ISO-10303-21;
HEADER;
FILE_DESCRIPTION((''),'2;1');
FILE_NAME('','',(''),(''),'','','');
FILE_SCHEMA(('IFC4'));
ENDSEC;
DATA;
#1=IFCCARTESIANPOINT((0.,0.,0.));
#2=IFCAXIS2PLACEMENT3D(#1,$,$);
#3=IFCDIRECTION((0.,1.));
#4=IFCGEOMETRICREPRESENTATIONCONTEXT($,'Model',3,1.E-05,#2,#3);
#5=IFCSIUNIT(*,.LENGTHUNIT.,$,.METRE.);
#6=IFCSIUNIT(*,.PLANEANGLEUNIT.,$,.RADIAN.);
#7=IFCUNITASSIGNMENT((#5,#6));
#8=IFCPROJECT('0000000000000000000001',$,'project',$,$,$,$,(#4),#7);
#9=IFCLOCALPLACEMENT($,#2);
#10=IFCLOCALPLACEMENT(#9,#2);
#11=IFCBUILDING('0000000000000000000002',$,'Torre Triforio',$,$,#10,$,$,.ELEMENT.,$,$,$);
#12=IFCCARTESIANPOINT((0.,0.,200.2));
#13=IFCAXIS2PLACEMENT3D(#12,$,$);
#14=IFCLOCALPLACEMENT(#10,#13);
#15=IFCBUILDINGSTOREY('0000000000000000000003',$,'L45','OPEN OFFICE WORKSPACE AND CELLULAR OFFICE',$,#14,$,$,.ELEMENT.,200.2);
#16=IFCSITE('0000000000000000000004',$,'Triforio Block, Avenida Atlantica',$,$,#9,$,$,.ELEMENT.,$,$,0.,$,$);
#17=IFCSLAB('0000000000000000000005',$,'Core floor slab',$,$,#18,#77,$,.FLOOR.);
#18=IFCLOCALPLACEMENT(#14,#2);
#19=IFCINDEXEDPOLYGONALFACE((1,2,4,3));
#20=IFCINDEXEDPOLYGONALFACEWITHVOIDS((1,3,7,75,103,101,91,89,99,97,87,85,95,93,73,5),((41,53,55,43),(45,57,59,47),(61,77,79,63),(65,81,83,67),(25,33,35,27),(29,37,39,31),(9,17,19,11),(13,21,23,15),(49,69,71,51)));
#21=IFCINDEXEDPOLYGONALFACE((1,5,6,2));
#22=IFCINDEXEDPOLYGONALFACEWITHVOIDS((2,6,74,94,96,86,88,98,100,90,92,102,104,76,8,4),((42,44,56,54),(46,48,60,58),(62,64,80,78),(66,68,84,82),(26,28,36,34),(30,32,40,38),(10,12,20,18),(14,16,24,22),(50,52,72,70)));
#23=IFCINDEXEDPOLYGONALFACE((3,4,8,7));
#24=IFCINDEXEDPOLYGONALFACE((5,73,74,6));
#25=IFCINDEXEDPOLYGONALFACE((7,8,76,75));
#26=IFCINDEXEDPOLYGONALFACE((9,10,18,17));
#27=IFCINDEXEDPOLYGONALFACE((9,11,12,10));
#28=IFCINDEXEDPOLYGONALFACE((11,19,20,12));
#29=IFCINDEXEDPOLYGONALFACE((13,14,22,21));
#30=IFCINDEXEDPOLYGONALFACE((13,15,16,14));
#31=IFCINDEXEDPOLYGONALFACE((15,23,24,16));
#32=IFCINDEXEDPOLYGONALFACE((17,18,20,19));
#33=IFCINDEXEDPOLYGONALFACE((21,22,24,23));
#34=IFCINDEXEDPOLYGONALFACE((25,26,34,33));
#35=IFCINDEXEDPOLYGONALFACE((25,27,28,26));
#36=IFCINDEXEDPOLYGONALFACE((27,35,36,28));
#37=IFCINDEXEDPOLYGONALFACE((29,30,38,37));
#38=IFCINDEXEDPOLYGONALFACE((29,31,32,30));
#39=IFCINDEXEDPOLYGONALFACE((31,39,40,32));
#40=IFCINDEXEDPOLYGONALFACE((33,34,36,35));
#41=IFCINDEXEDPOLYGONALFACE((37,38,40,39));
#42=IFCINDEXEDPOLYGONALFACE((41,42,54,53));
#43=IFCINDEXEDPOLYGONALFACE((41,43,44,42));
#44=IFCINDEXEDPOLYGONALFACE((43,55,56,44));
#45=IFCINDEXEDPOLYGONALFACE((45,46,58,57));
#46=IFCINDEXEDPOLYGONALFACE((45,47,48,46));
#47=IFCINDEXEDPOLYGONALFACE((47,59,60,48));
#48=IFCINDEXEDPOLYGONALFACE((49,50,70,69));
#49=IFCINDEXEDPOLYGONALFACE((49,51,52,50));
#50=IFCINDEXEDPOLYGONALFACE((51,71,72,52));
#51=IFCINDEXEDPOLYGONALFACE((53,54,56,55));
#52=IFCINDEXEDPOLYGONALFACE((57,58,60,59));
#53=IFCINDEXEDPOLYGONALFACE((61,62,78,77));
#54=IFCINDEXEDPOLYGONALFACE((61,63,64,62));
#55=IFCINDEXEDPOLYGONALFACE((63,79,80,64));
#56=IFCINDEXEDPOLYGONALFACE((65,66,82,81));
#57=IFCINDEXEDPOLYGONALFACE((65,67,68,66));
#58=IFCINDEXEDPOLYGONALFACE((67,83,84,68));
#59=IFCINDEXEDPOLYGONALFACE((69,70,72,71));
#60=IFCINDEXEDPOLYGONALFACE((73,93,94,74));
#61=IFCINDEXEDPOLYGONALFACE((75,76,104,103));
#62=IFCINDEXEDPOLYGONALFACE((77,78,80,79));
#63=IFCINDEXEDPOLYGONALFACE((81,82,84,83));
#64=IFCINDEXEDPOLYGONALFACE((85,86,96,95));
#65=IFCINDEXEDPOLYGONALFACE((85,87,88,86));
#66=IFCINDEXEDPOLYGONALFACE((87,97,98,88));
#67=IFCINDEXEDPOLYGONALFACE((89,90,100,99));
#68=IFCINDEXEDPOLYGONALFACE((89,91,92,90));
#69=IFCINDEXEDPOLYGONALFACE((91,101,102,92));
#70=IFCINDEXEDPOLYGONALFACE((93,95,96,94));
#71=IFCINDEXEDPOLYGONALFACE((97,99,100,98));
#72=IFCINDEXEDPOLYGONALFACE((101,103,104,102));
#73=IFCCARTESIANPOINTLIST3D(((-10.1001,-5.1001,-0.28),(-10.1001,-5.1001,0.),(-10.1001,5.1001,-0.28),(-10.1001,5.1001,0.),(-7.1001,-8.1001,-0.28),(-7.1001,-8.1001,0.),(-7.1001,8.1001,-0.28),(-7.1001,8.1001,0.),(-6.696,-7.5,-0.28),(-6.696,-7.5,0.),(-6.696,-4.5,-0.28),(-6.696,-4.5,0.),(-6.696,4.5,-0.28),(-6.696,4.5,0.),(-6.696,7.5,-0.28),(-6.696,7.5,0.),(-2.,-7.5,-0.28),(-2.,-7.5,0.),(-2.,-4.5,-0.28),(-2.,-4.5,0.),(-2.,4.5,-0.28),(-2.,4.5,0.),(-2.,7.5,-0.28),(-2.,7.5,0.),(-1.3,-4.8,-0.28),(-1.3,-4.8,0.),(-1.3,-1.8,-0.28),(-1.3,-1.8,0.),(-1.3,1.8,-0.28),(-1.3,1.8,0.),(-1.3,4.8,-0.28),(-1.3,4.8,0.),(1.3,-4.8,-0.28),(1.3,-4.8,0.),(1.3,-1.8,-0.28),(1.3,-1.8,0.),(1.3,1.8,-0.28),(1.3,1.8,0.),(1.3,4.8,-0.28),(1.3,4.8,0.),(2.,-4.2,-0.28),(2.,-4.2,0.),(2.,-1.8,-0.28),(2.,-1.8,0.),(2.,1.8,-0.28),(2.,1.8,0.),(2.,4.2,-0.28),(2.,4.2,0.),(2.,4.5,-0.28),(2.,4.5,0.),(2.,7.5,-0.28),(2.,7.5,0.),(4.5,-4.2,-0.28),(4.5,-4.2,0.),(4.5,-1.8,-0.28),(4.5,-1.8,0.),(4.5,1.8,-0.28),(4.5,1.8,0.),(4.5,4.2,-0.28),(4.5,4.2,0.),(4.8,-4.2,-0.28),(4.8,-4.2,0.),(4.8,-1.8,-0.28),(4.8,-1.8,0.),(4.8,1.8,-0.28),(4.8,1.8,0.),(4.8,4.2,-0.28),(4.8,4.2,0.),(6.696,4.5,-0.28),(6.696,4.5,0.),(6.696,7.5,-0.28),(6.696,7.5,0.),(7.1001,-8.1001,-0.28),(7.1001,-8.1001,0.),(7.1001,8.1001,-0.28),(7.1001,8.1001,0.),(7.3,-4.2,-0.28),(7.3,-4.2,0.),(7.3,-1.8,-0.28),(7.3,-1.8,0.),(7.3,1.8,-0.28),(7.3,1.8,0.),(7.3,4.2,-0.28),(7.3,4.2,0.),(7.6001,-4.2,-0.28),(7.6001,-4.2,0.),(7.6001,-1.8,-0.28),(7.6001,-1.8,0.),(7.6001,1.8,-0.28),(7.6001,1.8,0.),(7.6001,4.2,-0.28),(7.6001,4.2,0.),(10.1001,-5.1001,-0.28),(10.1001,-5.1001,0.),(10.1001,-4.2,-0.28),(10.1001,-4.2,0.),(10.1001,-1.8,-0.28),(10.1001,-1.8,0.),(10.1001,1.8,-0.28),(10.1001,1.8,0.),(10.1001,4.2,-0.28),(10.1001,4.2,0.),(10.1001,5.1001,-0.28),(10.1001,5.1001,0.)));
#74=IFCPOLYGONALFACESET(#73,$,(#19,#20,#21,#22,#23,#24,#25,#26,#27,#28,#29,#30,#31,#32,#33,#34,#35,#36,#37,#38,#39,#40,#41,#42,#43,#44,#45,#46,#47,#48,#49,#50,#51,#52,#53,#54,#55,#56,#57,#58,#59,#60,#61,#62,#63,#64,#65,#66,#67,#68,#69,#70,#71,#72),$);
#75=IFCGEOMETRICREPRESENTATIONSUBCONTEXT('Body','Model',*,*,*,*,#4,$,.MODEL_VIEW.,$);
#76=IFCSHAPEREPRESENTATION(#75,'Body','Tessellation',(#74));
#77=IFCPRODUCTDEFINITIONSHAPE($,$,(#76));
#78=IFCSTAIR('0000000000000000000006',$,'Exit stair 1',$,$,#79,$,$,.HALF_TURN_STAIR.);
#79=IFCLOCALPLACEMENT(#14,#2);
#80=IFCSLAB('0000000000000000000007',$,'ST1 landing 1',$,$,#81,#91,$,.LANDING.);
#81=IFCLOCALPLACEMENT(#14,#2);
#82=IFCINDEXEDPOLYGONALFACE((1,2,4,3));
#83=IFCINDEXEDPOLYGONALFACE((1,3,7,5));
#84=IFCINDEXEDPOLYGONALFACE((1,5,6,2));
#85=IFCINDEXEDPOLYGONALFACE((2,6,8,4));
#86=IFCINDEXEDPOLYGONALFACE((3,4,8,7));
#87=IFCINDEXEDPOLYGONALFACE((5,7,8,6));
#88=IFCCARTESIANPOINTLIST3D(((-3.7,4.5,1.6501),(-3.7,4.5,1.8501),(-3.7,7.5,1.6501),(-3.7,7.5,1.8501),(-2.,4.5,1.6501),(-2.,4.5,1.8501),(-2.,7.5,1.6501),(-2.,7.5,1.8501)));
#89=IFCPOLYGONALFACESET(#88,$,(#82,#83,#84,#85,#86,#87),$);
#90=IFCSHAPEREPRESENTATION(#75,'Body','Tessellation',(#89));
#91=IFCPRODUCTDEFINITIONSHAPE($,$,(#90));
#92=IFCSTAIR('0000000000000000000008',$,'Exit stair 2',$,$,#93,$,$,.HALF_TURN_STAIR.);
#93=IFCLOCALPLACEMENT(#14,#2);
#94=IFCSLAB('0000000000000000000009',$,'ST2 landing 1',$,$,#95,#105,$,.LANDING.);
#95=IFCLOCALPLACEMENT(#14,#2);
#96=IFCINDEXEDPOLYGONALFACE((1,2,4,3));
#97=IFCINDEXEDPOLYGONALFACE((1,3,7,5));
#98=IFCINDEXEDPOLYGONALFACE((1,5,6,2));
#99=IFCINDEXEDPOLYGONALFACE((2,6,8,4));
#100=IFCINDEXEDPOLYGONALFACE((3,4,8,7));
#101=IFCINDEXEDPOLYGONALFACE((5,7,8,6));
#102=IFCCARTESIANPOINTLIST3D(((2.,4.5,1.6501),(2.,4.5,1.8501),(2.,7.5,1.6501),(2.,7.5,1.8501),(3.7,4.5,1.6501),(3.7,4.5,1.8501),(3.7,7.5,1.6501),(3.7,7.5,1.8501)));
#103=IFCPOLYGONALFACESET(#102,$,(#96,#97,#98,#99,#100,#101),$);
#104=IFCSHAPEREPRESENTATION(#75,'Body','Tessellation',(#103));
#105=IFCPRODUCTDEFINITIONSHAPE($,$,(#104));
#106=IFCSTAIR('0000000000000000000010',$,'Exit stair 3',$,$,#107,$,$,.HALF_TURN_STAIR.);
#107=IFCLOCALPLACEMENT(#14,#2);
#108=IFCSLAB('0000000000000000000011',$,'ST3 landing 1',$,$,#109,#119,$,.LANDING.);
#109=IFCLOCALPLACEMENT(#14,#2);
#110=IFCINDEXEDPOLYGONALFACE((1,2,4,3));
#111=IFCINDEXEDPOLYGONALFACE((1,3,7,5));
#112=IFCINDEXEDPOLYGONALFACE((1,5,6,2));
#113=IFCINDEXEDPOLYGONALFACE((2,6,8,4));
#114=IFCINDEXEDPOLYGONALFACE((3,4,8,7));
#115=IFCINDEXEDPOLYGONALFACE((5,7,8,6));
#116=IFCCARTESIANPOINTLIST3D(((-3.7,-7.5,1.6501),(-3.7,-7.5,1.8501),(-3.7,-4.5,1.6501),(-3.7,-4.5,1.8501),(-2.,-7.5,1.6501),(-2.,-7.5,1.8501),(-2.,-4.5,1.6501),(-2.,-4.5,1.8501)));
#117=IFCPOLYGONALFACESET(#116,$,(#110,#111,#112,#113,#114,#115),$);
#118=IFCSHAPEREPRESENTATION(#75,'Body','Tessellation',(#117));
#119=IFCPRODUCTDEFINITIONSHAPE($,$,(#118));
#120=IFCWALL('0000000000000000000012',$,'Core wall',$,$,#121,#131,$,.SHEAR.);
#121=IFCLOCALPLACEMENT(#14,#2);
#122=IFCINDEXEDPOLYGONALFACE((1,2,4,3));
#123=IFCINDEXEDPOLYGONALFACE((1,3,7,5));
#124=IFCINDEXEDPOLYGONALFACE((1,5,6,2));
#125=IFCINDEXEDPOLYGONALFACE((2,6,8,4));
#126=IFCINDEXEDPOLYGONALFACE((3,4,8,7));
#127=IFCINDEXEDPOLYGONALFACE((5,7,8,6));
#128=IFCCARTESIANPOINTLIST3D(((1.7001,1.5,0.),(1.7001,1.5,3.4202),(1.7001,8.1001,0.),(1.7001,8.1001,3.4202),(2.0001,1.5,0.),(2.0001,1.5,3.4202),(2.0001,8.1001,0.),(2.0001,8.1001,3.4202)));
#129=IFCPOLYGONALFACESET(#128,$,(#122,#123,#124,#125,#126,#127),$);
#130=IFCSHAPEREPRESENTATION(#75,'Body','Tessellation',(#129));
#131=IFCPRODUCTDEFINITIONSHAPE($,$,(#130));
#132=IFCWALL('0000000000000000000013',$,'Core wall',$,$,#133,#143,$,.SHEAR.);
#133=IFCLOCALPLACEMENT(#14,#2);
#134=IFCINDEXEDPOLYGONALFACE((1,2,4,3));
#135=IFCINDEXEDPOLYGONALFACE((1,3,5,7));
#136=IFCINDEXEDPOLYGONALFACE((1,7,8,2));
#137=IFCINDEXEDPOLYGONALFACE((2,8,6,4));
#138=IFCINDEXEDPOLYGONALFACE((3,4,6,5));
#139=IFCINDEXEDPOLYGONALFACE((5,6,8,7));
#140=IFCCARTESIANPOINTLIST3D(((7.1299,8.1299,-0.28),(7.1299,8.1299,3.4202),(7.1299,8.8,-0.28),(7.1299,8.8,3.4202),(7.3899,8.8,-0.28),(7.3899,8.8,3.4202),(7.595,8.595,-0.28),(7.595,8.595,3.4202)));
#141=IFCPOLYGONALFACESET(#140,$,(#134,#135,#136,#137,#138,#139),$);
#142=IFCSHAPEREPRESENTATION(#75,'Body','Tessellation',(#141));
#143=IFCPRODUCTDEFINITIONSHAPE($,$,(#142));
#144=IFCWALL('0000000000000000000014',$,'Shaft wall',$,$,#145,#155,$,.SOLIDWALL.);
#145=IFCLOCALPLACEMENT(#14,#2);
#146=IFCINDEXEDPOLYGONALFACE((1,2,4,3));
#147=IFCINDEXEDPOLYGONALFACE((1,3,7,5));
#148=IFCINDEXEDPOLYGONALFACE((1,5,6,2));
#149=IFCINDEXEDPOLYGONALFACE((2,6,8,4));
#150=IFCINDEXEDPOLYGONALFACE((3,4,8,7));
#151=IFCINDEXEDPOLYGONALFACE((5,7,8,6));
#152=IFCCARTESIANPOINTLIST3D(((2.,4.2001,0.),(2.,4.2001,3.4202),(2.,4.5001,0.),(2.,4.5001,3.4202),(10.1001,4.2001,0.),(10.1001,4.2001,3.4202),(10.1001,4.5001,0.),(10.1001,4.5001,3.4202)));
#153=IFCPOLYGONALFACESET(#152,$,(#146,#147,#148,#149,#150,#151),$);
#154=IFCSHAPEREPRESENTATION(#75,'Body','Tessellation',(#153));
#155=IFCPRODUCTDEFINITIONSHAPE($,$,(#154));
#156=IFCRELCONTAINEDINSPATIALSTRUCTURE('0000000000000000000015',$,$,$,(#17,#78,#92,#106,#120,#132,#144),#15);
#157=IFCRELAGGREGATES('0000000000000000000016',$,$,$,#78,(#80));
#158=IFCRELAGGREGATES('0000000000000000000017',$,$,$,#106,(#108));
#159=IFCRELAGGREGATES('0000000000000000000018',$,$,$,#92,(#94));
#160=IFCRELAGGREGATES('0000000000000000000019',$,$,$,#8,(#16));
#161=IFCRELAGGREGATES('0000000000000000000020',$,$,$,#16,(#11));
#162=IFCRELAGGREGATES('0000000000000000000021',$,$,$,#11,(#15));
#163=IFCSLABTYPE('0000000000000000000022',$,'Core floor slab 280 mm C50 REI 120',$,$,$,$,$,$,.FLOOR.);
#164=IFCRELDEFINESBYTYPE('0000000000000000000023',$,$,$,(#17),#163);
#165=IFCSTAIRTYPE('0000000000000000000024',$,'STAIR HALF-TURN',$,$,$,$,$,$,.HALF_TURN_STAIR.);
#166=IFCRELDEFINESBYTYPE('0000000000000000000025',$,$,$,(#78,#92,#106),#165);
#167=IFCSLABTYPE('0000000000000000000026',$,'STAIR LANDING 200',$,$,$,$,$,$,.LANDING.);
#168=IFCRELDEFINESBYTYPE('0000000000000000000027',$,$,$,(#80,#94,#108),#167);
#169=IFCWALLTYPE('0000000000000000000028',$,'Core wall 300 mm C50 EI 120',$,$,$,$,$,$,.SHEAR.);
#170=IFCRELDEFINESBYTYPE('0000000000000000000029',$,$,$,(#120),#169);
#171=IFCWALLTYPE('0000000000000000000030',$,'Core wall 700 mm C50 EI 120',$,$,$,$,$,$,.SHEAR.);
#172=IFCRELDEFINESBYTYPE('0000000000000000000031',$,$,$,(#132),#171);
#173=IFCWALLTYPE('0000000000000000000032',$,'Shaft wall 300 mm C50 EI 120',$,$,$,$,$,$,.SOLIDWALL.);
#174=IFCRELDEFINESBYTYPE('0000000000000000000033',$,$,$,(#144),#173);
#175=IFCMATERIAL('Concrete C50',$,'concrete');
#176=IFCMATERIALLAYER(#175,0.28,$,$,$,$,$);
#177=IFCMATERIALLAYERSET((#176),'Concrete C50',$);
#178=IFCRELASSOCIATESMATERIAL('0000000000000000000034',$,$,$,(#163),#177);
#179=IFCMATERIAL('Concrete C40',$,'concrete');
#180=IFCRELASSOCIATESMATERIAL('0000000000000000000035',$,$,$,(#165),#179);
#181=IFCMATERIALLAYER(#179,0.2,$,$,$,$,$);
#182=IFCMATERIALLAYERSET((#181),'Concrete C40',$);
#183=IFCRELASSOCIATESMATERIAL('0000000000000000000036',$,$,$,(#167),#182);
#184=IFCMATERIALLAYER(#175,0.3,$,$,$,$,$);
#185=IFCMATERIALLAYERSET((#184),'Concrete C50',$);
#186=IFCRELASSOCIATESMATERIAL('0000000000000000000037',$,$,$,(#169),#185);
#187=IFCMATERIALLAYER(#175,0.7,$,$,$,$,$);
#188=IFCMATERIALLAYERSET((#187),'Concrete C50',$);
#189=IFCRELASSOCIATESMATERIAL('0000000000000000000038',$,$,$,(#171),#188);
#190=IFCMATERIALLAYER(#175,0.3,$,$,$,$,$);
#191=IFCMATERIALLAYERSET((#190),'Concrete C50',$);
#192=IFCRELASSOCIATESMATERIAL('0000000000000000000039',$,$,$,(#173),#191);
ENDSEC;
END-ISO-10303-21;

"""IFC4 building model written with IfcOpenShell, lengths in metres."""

from ifc_helpers import new_model, si_unit, direction, frame, frame_2d, origin, place, context, subcontext, project, spatial, polyline, rectangle, outline, extrude, material, layer, layer_set, type_object, element, aggregate, save


model = new_model("IFC4")

# Units and contexts
model_context = context("Model", 3, precision=1e-05, world=origin(), true_north=direction((0.0, 1.0)))
body_context = subcontext(model_context, "Body", "Model", "MODEL_VIEW")
ifc_project = project(units=[si_unit("LENGTHUNIT", "METRE"), si_unit("PLANEANGLEUNIT", "RADIAN")], contexts=[model_context])

# Site, building, storey
site_placement = place(None, origin())
site = spatial("IfcSite", under=ifc_project, at=site_placement, Name="Triforio Block, Avenida Atlantica", CompositionType="ELEMENT", RefElevation=0.0)
building_placement = place(site_placement, origin())
building = spatial("IfcBuilding", under=site, at=building_placement, Name="Torre Triforio", CompositionType="ELEMENT")
storey_placement = place(building_placement, frame((0.0, 0.0, 200.2)))
storey = spatial("IfcBuildingStorey", under=building, at=storey_placement, Name="L45", Description="OPEN OFFICE WORKSPACE AND CELLULAR OFFICE", CompositionType="ELEMENT", Elevation=200.2)

# Slab
ifc_material_1 = material(Name="Concrete C50", Category="concrete")
ifc_layer_1 = layer(ifc_material_1, 0.28)
ifc_layer_set_1 = layer_set([ifc_layer_1], Name="Concrete C50")
slab_type_1 = type_object("IfcSlabType", Name="Core floor slab 280 mm C50 REI 120", PredefinedType="FLOOR", material=ifc_layer_set_1)
slab_1_placement = place(storey_placement, frame((0.0, 0.0, -0.28)))
element("IfcSlab", 1, at=slab_1_placement, inside=storey, type_object=slab_type_1, Name="Core floor slab", PredefinedType="FLOOR", context=body_context, shape_type="SweptSolid", body=[
    extrude(outline(polyline([(10.1001, -5.1001), (7.1001, -8.1001), (-7.1001, -8.1001), (-10.1001, -5.1001), (-10.1001, 5.1001), (-7.1001, 8.1001), (7.1001, 8.1001), (10.1001, 5.1001), (10.1001, 4.2), (7.6001, 4.2), (7.6001, 1.8), (10.1001, 1.8), (10.1001, -1.8), (7.6001, -1.8), (7.6001, -4.2), (10.1001, -4.2), (10.1001, -5.1001)]), holes=[polyline([(-6.696, -4.5), (-6.696, -7.5), (-2.0, -7.5), (-2.0, -4.5), (-6.696, -4.5)]), polyline([(-1.3, -1.8), (-1.3, -4.8), (1.3, -4.8), (1.3, -1.8), (-1.3, -1.8)]), polyline([(2.0, -1.8), (2.0, -4.2), (4.5, -4.2), (4.5, -1.8), (2.0, -1.8)]), polyline([(4.5, 4.2), (2.0, 4.2), (2.0, 1.8), (4.5, 1.8), (4.5, 4.2)]), polyline([(1.3, 4.8), (-1.3, 4.8), (-1.3, 1.8), (1.3, 1.8), (1.3, 4.8)]), polyline([(-6.696, 7.5), (-6.696, 4.5), (-2.0, 4.5), (-2.0, 7.5), (-6.696, 7.5)]), polyline([(7.3, -1.8), (4.8, -1.8), (4.8, -4.2), (7.3, -4.2), (7.3, -1.8)]), polyline([(4.8, 4.2), (4.8, 1.8), (7.3, 1.8), (7.3, 4.2), (4.8, 4.2)]), polyline([(6.696, 7.5), (2.0, 7.5), (2.0, 4.5), (6.696, 4.5), (6.696, 7.5)])]), origin(), (0.0, 0.0, 1.0), 0.28),
])

# Stairs, slabs
ifc_material_2 = material(Name="Concrete C40", Category="concrete")
stair_type = type_object("IfcStairType", Name="STAIR HALF-TURN", PredefinedType="HALF_TURN_STAIR", material=ifc_material_2)
stair_1_placement = place(storey_placement, origin())
stair_1 = element("IfcStair", 2, at=stair_1_placement, inside=storey, type_object=stair_type, Name="Exit stair 1", PredefinedType="HALF_TURN_STAIR")
ifc_layer_2 = layer(ifc_material_2, 0.2)
ifc_layer_set_2 = layer_set([ifc_layer_2], Name="Concrete C40")
slab_type_2 = type_object("IfcSlabType", Name="STAIR LANDING 200", PredefinedType="LANDING", material=ifc_layer_set_2)
slab_2_placement = place(storey_placement, frame((0.0, 0.0, 1.6501)))
slab_2 = element("IfcSlab", 3, at=slab_2_placement, type_object=slab_type_2, Name="ST1 landing 1", PredefinedType="LANDING", context=body_context, shape_type="SweptSolid", body=[
    extrude(outline(polyline([(-2.0, 4.5), (-2.0, 7.5), (-3.7, 7.5), (-3.7, 4.5), (-2.0, 4.5)])), origin(), (0.0, 0.0, 1.0), 0.2),
])
aggregate(stair_1, [slab_2])
stair_2_placement = place(storey_placement, origin())
stair_2 = element("IfcStair", 4, at=stair_2_placement, inside=storey, type_object=stair_type, Name="Exit stair 2", PredefinedType="HALF_TURN_STAIR")
slab_3_placement = place(storey_placement, frame((0.0, 0.0, 1.6501)))
slab_3 = element("IfcSlab", 5, at=slab_3_placement, type_object=slab_type_2, Name="ST2 landing 1", PredefinedType="LANDING", context=body_context, shape_type="SweptSolid", body=[
    extrude(outline(polyline([(3.7, 4.5), (3.7, 7.5), (2.0, 7.5), (2.0, 4.5), (3.7, 4.5)])), origin(), (0.0, 0.0, 1.0), 0.2),
])
stair_3_placement = place(storey_placement, origin())
stair_3 = element("IfcStair", 6, at=stair_3_placement, inside=storey, type_object=stair_type, Name="Exit stair 3", PredefinedType="HALF_TURN_STAIR")
slab_4_placement = place(storey_placement, frame((0.0, 0.0, 1.6501)))
slab_4 = element("IfcSlab", 7, at=slab_4_placement, type_object=slab_type_2, Name="ST3 landing 1", PredefinedType="LANDING", context=body_context, shape_type="SweptSolid", body=[
    extrude(outline(polyline([(-2.0, -7.5), (-2.0, -4.5), (-3.7, -4.5), (-3.7, -7.5), (-2.0, -7.5)])), origin(), (0.0, 0.0, 1.0), 0.2),
])
aggregate(stair_3, [slab_4])

# Walls
ifc_layer_3 = layer(ifc_material_1, 0.3)
ifc_layer_set_3 = layer_set([ifc_layer_3], Name="Concrete C50")
wall_type_1 = type_object("IfcWallType", Name="Core wall 300 mm C50 EI 120", PredefinedType="SHEAR", material=ifc_layer_set_3)
wall_1_placement = place(storey_placement, frame((1.8501, 1.5, 0.0), z_axis=(0.0, 0.0, 1.0), x_axis=(0.0, 1.0, 0.0)))
element("IfcWall", 8, at=wall_1_placement, inside=storey, type_object=wall_type_1, Name="Core wall", PredefinedType="SHEAR", context=body_context, shape_type="SweptSolid", body=[
    extrude(rectangle(XDim=6.6001, YDim=0.3, at=frame_2d((3.3, 0.0))), origin(), (0.0, 0.0, 1.0), 3.4202),
])
ifc_layer_4 = layer(ifc_material_1, 0.7)
ifc_layer_set_4 = layer_set([ifc_layer_4], Name="Concrete C50")
wall_type_2 = type_object("IfcWallType", Name="Core wall 700 mm C50 EI 120", PredefinedType="SHEAR", material=ifc_layer_set_4)
wall_2_placement = place(storey_placement, frame((0.0, 0.0, -0.28)))
element("IfcWall", 9, at=wall_2_placement, inside=storey, type_object=wall_type_2, Name="Core wall", PredefinedType="SHEAR", context=body_context, shape_type="SweptSolid", body=[
    extrude(outline(polyline([(7.3899, 8.8), (7.595, 8.595), (7.595, 8.595), (7.595, 8.595), (7.1299, 8.1299), (7.1299, 8.8), (7.1299, 8.8), (7.3899, 8.8)])), origin(), (0.0, 0.0, 1.0), 3.7002),
])
ifc_layer_5 = layer(ifc_material_1, 0.3)
ifc_layer_set_5 = layer_set([ifc_layer_5], Name="Concrete C50")
wall_type_3 = type_object("IfcWallType", Name="Shaft wall 300 mm C50 EI 120", PredefinedType="SOLIDWALL", material=ifc_layer_set_5)
wall_3_placement = place(storey_placement, frame((2.0, 4.3501, 0.0), z_axis=(0.0, 0.0, 1.0), x_axis=(1.0, 0.0, 0.0)))
element("IfcWall", 10, at=wall_3_placement, inside=storey, type_object=wall_type_3, Name="Shaft wall", PredefinedType="SOLIDWALL", context=body_context, shape_type="SweptSolid", body=[
    extrude(rectangle(XDim=8.1001, YDim=0.3, at=frame_2d((4.05, 0.0))), origin(), (0.0, 0.0, 1.0), 3.4202),
])

aggregate(stair_2, [slab_3])

save(model, "model.ifc")
